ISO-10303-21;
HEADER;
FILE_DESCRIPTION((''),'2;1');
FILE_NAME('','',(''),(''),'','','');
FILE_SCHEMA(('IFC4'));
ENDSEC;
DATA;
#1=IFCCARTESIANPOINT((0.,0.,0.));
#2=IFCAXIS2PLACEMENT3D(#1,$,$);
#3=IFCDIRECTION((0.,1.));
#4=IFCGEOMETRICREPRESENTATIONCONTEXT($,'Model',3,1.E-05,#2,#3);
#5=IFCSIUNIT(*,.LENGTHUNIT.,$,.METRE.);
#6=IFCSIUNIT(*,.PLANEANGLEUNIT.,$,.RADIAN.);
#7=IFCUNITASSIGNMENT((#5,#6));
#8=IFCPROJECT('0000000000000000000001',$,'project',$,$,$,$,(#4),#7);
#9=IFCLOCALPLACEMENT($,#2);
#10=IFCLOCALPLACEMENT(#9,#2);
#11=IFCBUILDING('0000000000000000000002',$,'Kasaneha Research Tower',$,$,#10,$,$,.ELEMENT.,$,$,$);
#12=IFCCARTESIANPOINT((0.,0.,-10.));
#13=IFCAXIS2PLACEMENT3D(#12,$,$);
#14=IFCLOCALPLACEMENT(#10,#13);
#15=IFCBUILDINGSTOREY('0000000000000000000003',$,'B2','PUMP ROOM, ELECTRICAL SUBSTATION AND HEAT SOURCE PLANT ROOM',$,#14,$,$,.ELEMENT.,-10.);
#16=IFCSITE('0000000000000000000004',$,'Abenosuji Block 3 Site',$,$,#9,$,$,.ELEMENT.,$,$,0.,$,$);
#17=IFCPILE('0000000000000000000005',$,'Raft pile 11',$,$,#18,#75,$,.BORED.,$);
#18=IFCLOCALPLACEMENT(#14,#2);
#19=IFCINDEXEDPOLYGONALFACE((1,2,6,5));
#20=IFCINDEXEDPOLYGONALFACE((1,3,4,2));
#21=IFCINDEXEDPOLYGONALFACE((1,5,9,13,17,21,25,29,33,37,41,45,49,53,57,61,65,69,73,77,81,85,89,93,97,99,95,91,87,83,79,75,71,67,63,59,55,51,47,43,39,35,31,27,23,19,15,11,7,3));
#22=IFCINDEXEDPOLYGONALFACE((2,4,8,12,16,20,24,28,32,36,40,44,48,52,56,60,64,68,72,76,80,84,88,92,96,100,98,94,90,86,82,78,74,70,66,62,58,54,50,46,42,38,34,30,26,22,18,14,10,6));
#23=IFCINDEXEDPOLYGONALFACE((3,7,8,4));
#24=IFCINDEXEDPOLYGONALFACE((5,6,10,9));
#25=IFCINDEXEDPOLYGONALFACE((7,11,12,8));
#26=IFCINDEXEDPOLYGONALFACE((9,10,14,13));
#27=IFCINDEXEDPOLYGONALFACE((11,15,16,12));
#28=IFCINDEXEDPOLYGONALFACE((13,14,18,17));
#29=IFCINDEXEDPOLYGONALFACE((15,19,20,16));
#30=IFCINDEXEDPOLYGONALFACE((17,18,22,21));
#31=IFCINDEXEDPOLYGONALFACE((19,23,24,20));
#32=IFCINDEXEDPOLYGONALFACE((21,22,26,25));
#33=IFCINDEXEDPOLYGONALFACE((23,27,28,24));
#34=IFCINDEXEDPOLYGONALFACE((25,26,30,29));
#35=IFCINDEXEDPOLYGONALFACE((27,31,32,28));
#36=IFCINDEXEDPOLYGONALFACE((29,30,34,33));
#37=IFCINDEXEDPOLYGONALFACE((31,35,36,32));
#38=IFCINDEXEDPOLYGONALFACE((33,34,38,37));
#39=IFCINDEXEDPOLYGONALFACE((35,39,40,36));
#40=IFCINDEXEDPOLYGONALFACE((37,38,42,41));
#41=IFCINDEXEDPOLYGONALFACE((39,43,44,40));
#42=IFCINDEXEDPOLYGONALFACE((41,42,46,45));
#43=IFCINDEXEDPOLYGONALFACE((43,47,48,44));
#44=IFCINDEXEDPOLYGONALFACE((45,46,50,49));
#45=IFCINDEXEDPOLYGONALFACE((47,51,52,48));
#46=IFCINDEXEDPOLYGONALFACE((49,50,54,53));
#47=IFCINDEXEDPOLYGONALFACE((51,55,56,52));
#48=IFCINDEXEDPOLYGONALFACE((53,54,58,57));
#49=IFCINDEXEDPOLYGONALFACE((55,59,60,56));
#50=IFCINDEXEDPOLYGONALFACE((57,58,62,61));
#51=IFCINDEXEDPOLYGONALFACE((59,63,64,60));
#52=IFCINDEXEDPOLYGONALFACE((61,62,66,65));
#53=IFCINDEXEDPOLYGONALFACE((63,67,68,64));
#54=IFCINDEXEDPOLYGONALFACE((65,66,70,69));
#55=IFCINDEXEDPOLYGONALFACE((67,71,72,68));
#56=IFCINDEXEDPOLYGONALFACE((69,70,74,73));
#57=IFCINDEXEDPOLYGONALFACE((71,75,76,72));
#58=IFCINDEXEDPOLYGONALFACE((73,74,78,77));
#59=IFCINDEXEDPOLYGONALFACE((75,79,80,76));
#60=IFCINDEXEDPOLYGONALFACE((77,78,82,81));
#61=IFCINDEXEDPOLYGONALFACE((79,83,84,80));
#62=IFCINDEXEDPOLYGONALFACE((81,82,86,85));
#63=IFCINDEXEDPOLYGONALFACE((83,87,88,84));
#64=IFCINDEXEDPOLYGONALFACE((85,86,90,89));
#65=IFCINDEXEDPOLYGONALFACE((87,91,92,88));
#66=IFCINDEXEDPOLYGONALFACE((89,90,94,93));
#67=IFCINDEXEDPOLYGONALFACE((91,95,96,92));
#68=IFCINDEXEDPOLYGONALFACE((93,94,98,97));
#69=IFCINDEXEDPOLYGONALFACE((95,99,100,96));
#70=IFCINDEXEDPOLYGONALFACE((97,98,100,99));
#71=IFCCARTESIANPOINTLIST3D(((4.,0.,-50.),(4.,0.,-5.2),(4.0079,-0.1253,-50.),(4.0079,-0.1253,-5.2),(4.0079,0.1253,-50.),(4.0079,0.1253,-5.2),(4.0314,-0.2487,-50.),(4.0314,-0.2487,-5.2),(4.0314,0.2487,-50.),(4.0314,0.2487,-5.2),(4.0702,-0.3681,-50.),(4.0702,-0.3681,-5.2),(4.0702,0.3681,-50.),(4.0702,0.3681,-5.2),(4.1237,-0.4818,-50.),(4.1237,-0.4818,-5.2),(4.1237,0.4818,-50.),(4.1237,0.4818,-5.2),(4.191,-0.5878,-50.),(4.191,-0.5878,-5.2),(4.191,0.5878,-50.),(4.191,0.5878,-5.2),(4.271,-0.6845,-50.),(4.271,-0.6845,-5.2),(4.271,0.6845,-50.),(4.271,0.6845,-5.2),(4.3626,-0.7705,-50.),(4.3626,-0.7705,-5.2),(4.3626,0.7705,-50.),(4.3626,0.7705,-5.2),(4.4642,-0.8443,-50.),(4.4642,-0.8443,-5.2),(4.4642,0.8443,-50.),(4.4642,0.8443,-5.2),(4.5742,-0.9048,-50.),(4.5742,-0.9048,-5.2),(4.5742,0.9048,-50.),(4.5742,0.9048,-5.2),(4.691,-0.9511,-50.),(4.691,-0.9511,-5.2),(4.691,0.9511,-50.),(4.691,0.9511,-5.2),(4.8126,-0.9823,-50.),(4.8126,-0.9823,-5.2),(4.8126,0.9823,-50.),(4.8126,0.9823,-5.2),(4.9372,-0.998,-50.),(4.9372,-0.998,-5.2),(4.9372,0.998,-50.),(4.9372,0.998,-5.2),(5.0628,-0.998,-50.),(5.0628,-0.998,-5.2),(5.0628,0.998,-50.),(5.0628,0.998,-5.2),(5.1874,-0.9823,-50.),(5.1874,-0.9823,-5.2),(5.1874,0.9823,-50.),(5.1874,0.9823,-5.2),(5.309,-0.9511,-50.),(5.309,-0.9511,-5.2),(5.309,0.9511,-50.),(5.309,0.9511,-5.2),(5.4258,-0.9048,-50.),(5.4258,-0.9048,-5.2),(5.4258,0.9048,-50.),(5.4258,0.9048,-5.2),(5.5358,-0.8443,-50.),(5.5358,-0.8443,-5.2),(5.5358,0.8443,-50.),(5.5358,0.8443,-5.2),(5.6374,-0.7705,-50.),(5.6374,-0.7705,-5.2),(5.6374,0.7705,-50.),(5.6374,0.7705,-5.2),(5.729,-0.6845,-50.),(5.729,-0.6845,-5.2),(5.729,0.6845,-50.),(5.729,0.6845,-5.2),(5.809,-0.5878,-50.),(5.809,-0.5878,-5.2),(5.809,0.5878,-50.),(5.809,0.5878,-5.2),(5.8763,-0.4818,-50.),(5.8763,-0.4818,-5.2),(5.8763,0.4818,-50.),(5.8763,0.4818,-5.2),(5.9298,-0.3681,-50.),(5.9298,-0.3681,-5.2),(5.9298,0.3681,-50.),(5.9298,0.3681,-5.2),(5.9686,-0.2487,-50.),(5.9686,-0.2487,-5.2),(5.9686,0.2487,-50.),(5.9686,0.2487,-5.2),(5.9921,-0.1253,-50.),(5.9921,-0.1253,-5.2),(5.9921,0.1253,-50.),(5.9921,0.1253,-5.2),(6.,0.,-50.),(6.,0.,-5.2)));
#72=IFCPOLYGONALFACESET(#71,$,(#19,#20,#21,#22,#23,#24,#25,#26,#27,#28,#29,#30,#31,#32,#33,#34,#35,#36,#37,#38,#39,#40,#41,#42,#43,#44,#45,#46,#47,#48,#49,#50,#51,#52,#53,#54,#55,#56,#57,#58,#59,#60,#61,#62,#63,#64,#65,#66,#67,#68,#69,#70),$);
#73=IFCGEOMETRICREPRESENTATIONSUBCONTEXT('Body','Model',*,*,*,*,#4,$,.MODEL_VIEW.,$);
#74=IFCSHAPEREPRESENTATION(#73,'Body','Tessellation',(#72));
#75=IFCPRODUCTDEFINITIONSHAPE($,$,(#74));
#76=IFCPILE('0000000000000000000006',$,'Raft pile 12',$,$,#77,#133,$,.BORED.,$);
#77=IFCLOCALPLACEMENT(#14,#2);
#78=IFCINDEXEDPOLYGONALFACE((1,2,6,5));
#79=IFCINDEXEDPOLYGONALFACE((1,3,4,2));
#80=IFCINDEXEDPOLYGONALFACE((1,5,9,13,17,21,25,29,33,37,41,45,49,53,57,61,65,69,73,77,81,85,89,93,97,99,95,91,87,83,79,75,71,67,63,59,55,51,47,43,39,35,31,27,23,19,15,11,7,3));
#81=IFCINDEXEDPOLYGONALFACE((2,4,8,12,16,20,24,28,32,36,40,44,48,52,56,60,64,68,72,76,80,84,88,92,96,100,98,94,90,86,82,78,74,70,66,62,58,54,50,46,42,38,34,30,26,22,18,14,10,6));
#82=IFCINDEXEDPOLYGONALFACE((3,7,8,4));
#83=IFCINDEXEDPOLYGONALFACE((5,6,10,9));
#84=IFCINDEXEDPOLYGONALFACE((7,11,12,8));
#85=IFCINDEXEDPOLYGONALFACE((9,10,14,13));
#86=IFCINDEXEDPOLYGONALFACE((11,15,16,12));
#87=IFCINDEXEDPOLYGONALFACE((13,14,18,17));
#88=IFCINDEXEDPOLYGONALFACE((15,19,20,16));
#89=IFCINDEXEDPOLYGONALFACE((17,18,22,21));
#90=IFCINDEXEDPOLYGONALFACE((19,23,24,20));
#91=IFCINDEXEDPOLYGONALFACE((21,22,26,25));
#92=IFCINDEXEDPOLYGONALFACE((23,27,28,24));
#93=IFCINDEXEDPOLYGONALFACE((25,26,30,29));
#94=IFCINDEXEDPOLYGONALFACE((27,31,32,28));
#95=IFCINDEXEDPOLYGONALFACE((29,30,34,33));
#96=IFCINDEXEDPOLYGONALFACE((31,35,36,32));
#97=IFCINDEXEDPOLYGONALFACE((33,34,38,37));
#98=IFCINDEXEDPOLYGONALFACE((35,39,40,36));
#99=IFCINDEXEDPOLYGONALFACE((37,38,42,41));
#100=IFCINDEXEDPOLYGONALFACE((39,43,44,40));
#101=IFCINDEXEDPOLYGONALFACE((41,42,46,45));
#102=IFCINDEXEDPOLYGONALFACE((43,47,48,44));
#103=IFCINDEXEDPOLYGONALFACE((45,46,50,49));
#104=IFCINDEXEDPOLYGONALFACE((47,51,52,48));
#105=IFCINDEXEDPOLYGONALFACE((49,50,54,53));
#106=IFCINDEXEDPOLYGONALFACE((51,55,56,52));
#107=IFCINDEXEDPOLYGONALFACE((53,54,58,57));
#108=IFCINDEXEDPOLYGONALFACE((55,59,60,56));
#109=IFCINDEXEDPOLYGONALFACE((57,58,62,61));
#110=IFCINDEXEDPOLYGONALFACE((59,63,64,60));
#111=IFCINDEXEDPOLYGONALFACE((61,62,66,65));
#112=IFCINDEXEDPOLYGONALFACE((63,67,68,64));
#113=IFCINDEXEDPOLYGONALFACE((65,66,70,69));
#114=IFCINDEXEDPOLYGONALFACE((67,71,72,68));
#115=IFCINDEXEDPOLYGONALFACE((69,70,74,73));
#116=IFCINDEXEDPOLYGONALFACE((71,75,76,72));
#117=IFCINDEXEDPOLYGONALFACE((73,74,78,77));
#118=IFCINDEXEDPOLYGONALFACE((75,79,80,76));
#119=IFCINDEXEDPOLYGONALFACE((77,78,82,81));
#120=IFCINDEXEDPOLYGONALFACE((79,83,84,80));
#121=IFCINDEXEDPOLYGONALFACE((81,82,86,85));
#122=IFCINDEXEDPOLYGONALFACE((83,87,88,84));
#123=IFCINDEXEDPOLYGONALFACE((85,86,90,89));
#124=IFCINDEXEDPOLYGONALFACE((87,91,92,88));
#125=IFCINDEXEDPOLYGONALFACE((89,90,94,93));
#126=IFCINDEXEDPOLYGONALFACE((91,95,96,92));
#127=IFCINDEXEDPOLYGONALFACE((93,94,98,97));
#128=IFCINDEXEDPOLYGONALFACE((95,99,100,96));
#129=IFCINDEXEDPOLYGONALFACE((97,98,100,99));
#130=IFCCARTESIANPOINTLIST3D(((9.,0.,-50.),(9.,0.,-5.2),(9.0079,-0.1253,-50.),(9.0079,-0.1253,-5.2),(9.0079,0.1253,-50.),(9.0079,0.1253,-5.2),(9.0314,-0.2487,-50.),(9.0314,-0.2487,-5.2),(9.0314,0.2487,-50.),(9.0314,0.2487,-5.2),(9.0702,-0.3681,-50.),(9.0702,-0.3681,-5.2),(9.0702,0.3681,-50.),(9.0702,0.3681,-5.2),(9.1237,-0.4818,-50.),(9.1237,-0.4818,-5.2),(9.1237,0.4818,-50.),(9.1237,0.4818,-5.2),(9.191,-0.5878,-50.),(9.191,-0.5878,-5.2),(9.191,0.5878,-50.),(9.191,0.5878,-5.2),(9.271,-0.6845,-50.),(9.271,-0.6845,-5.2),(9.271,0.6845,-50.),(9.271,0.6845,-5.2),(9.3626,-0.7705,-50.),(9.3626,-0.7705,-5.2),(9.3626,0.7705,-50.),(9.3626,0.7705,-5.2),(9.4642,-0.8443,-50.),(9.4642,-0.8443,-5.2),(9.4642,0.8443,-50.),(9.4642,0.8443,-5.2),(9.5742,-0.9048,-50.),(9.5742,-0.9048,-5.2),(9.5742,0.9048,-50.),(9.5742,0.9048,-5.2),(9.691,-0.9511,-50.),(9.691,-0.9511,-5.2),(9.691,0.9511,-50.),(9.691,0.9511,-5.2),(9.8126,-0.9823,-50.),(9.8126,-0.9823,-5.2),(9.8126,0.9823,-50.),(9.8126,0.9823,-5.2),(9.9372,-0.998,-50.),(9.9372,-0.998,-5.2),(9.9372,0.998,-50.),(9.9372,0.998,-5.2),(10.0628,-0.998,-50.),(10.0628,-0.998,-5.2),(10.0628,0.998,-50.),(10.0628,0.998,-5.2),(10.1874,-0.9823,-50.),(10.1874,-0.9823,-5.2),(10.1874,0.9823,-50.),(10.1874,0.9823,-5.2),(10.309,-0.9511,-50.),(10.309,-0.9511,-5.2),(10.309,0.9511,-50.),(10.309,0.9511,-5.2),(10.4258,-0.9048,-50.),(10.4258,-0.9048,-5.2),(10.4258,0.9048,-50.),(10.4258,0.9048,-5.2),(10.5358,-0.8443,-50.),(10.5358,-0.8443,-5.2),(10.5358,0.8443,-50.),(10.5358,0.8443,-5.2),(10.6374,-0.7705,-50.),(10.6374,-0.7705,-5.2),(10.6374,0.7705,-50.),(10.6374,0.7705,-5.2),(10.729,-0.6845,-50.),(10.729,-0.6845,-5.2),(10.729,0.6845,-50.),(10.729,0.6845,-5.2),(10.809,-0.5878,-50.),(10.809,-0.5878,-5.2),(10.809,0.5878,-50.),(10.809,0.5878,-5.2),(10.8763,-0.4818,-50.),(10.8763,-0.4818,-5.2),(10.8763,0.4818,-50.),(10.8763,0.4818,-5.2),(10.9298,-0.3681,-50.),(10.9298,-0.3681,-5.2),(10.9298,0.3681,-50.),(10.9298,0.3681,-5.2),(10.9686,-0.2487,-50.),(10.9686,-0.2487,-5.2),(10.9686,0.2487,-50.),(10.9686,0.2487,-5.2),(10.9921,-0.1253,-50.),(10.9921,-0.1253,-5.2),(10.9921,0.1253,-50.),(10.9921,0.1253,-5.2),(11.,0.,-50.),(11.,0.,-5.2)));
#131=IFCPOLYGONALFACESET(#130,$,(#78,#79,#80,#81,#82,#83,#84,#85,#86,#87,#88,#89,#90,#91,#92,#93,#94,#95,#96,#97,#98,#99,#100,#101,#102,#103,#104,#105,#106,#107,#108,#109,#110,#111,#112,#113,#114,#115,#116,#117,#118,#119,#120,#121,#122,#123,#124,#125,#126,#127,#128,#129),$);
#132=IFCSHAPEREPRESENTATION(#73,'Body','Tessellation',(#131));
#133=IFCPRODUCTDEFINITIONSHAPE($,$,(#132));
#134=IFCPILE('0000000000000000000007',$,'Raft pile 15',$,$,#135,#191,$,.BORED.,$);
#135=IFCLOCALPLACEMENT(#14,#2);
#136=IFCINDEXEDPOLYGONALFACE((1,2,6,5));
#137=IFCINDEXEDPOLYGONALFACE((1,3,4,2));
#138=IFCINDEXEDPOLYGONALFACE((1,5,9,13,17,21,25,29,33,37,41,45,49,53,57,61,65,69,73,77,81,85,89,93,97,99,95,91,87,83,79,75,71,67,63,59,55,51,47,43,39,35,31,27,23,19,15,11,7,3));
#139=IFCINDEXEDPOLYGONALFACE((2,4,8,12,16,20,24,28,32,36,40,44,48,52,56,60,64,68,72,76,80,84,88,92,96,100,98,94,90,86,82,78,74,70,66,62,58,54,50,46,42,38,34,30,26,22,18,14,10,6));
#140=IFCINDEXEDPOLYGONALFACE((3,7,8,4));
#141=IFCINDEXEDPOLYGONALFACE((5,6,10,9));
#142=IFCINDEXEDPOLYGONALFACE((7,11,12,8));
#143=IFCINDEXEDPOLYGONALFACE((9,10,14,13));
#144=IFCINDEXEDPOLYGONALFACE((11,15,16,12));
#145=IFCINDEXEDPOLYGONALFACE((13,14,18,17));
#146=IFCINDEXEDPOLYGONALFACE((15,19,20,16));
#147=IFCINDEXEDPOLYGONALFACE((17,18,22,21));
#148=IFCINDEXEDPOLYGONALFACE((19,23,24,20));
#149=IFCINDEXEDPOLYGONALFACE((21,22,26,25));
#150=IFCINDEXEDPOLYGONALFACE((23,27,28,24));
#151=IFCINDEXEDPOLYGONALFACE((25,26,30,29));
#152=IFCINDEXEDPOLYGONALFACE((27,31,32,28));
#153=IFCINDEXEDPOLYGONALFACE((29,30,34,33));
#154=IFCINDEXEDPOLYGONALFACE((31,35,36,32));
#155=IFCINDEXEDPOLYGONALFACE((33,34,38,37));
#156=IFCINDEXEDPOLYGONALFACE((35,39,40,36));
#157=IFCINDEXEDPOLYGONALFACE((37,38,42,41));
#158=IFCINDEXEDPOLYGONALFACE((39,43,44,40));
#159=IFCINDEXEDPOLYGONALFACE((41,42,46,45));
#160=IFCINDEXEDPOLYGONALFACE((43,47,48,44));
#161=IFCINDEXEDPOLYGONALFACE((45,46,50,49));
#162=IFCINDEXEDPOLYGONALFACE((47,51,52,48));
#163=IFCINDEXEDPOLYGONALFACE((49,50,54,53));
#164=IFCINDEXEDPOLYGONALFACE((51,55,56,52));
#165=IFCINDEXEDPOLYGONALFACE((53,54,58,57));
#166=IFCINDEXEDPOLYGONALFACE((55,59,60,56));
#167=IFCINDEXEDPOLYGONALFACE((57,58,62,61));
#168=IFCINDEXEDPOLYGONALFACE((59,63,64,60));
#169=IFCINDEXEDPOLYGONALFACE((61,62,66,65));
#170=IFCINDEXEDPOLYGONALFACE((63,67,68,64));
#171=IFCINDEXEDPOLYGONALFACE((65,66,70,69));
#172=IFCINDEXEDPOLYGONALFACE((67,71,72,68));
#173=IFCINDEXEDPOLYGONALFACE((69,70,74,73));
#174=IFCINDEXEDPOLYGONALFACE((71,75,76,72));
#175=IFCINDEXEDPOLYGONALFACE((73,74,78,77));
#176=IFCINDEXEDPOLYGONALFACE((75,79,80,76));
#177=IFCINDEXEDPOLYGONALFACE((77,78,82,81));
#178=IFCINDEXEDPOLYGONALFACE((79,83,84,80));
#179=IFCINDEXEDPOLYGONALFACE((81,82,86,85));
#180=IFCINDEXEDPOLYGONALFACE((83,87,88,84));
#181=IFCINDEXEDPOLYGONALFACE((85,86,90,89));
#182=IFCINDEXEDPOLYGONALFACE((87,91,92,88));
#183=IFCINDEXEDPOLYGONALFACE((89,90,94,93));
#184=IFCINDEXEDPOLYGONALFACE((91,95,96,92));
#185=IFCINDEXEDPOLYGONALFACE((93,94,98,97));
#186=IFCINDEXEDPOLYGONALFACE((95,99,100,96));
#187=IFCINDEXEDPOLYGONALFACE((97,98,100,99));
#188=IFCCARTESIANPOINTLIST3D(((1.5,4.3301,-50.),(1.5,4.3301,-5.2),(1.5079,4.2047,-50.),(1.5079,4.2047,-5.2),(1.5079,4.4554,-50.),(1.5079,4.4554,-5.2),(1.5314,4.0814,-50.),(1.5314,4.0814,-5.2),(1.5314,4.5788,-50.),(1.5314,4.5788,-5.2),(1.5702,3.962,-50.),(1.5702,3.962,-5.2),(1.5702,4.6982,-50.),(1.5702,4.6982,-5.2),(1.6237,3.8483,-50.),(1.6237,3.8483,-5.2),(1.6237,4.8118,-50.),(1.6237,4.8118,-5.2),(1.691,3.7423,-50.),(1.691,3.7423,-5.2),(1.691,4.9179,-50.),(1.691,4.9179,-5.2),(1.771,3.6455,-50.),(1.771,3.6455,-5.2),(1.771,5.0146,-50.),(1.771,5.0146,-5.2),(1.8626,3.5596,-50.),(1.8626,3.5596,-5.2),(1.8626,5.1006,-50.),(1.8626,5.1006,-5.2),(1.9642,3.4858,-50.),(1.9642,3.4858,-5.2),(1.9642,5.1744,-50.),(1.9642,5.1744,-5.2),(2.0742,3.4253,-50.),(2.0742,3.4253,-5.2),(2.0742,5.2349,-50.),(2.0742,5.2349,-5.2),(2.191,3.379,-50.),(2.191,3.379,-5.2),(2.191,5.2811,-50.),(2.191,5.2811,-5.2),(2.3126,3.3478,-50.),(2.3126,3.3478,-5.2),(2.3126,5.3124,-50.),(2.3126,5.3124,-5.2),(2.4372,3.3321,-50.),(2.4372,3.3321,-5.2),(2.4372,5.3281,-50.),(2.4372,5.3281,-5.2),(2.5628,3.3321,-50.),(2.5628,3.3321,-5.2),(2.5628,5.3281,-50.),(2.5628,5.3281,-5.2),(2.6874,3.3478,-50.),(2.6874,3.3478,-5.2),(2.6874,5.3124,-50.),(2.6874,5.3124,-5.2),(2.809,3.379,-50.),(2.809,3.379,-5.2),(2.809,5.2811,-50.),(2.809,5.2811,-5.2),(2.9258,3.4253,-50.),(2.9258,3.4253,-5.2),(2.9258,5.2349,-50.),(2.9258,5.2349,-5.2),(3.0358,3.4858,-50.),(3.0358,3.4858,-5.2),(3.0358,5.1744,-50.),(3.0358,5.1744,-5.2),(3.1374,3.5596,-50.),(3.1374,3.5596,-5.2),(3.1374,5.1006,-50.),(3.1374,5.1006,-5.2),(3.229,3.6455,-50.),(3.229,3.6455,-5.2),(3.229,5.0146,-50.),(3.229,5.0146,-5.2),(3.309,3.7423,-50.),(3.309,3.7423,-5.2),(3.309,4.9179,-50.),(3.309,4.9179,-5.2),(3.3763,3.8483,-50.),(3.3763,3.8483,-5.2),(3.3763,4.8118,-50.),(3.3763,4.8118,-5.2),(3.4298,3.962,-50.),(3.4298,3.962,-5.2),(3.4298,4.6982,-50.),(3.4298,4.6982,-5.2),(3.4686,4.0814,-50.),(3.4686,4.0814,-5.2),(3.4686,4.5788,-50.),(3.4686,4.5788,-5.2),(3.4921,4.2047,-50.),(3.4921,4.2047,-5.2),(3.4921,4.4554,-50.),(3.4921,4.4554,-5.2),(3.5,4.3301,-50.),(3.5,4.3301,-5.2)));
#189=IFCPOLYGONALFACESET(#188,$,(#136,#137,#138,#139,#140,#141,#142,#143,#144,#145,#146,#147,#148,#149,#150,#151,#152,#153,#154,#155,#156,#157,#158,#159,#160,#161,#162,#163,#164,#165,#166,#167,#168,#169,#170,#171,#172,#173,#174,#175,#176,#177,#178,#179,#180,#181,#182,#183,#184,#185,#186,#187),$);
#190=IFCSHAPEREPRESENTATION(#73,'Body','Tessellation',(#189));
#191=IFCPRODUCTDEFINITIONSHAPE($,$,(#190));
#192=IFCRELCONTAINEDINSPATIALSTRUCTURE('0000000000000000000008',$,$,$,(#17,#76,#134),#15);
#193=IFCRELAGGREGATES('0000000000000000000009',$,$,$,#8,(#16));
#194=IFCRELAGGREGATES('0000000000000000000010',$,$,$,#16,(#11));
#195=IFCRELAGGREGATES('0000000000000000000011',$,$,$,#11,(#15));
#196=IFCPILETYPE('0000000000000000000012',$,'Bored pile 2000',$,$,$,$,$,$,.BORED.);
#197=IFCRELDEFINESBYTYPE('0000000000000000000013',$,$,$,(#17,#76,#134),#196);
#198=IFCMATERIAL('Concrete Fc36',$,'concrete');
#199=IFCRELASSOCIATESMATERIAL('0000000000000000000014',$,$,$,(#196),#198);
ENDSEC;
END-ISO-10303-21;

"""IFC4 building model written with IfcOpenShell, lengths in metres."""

from ifc_helpers import new_model, si_unit, direction, frame, origin, origin_2d, place, context, subcontext, project, spatial, circle, extrude, material, material_profile, profile_set, type_object, element, save


model = new_model("IFC4")

# Units and contexts
model_context = context("Model", 3, precision=1e-05, world=origin(), true_north=direction((0.0, 1.0)))
body_context = subcontext(model_context, "Body", "Model", "MODEL_VIEW")
ifc_project = project(units=[si_unit("LENGTHUNIT", "METRE"), si_unit("PLANEANGLEUNIT", "RADIAN")], contexts=[model_context])

# Site, building, storey
site_placement = place(None, origin())
site = spatial("IfcSite", under=ifc_project, at=site_placement, Name="Abenosuji Block 3 Site", CompositionType="ELEMENT", RefElevation=0.0)
building_placement = place(site_placement, origin())
building = spatial("IfcBuilding", under=site, at=building_placement, Name="Kasaneha Research Tower", CompositionType="ELEMENT")
storey_placement = place(building_placement, frame((0.0, 0.0, -10.0)))
storey = spatial("IfcBuildingStorey", under=building, at=storey_placement, Name="B2", Description="PUMP ROOM, ELECTRICAL SUBSTATION AND HEAT SOURCE PLANT ROOM", CompositionType="ELEMENT", Elevation=-10.0)

# Piles
ifc_material_1 = material(Name="Concrete Fc36", Category="concrete")
ifc_material_profile_1 = material_profile(ifc_material_1, circle(Radius=1.0, at=origin_2d()), Name="Bored pile 2000")
ifc_profile_set_1 = profile_set([ifc_material_profile_1], Name="Concrete Fc36")
pile_type_1 = type_object("IfcPileType", Name="Bored pile 2000", PredefinedType="BORED", material=ifc_profile_set_1)
for number, where, z_axis, x_axis, name in (
    (1, (5.0, 0.0, -5.2), (0.0, 0.0, -1.0), (1.0, 0.0, 0.0), "Raft pile 11"),
    (2, (10.0, 0.0, -5.2), (0.0, 0.0, -1.0), (1.0, 0.0, 0.0), "Raft pile 12"),
    (3, (2.5, 4.3301, -5.2), (0.0, 0.0, -1.0), (1.0, 0.0, 0.0), "Raft pile 15"),
):
    element("IfcPile", number, at=place(storey_placement, frame(where, z_axis=z_axis, x_axis=x_axis)), inside=storey, type_object=pile_type_1, Name=name, PredefinedType="BORED", context=body_context, shape_type="SweptSolid", body=[
        extrude(circle(Radius=1.0, at=origin_2d()), origin(), (0.0, 0.0, 1.0), 44.8),
    ])

save(model, "model.ifc")
